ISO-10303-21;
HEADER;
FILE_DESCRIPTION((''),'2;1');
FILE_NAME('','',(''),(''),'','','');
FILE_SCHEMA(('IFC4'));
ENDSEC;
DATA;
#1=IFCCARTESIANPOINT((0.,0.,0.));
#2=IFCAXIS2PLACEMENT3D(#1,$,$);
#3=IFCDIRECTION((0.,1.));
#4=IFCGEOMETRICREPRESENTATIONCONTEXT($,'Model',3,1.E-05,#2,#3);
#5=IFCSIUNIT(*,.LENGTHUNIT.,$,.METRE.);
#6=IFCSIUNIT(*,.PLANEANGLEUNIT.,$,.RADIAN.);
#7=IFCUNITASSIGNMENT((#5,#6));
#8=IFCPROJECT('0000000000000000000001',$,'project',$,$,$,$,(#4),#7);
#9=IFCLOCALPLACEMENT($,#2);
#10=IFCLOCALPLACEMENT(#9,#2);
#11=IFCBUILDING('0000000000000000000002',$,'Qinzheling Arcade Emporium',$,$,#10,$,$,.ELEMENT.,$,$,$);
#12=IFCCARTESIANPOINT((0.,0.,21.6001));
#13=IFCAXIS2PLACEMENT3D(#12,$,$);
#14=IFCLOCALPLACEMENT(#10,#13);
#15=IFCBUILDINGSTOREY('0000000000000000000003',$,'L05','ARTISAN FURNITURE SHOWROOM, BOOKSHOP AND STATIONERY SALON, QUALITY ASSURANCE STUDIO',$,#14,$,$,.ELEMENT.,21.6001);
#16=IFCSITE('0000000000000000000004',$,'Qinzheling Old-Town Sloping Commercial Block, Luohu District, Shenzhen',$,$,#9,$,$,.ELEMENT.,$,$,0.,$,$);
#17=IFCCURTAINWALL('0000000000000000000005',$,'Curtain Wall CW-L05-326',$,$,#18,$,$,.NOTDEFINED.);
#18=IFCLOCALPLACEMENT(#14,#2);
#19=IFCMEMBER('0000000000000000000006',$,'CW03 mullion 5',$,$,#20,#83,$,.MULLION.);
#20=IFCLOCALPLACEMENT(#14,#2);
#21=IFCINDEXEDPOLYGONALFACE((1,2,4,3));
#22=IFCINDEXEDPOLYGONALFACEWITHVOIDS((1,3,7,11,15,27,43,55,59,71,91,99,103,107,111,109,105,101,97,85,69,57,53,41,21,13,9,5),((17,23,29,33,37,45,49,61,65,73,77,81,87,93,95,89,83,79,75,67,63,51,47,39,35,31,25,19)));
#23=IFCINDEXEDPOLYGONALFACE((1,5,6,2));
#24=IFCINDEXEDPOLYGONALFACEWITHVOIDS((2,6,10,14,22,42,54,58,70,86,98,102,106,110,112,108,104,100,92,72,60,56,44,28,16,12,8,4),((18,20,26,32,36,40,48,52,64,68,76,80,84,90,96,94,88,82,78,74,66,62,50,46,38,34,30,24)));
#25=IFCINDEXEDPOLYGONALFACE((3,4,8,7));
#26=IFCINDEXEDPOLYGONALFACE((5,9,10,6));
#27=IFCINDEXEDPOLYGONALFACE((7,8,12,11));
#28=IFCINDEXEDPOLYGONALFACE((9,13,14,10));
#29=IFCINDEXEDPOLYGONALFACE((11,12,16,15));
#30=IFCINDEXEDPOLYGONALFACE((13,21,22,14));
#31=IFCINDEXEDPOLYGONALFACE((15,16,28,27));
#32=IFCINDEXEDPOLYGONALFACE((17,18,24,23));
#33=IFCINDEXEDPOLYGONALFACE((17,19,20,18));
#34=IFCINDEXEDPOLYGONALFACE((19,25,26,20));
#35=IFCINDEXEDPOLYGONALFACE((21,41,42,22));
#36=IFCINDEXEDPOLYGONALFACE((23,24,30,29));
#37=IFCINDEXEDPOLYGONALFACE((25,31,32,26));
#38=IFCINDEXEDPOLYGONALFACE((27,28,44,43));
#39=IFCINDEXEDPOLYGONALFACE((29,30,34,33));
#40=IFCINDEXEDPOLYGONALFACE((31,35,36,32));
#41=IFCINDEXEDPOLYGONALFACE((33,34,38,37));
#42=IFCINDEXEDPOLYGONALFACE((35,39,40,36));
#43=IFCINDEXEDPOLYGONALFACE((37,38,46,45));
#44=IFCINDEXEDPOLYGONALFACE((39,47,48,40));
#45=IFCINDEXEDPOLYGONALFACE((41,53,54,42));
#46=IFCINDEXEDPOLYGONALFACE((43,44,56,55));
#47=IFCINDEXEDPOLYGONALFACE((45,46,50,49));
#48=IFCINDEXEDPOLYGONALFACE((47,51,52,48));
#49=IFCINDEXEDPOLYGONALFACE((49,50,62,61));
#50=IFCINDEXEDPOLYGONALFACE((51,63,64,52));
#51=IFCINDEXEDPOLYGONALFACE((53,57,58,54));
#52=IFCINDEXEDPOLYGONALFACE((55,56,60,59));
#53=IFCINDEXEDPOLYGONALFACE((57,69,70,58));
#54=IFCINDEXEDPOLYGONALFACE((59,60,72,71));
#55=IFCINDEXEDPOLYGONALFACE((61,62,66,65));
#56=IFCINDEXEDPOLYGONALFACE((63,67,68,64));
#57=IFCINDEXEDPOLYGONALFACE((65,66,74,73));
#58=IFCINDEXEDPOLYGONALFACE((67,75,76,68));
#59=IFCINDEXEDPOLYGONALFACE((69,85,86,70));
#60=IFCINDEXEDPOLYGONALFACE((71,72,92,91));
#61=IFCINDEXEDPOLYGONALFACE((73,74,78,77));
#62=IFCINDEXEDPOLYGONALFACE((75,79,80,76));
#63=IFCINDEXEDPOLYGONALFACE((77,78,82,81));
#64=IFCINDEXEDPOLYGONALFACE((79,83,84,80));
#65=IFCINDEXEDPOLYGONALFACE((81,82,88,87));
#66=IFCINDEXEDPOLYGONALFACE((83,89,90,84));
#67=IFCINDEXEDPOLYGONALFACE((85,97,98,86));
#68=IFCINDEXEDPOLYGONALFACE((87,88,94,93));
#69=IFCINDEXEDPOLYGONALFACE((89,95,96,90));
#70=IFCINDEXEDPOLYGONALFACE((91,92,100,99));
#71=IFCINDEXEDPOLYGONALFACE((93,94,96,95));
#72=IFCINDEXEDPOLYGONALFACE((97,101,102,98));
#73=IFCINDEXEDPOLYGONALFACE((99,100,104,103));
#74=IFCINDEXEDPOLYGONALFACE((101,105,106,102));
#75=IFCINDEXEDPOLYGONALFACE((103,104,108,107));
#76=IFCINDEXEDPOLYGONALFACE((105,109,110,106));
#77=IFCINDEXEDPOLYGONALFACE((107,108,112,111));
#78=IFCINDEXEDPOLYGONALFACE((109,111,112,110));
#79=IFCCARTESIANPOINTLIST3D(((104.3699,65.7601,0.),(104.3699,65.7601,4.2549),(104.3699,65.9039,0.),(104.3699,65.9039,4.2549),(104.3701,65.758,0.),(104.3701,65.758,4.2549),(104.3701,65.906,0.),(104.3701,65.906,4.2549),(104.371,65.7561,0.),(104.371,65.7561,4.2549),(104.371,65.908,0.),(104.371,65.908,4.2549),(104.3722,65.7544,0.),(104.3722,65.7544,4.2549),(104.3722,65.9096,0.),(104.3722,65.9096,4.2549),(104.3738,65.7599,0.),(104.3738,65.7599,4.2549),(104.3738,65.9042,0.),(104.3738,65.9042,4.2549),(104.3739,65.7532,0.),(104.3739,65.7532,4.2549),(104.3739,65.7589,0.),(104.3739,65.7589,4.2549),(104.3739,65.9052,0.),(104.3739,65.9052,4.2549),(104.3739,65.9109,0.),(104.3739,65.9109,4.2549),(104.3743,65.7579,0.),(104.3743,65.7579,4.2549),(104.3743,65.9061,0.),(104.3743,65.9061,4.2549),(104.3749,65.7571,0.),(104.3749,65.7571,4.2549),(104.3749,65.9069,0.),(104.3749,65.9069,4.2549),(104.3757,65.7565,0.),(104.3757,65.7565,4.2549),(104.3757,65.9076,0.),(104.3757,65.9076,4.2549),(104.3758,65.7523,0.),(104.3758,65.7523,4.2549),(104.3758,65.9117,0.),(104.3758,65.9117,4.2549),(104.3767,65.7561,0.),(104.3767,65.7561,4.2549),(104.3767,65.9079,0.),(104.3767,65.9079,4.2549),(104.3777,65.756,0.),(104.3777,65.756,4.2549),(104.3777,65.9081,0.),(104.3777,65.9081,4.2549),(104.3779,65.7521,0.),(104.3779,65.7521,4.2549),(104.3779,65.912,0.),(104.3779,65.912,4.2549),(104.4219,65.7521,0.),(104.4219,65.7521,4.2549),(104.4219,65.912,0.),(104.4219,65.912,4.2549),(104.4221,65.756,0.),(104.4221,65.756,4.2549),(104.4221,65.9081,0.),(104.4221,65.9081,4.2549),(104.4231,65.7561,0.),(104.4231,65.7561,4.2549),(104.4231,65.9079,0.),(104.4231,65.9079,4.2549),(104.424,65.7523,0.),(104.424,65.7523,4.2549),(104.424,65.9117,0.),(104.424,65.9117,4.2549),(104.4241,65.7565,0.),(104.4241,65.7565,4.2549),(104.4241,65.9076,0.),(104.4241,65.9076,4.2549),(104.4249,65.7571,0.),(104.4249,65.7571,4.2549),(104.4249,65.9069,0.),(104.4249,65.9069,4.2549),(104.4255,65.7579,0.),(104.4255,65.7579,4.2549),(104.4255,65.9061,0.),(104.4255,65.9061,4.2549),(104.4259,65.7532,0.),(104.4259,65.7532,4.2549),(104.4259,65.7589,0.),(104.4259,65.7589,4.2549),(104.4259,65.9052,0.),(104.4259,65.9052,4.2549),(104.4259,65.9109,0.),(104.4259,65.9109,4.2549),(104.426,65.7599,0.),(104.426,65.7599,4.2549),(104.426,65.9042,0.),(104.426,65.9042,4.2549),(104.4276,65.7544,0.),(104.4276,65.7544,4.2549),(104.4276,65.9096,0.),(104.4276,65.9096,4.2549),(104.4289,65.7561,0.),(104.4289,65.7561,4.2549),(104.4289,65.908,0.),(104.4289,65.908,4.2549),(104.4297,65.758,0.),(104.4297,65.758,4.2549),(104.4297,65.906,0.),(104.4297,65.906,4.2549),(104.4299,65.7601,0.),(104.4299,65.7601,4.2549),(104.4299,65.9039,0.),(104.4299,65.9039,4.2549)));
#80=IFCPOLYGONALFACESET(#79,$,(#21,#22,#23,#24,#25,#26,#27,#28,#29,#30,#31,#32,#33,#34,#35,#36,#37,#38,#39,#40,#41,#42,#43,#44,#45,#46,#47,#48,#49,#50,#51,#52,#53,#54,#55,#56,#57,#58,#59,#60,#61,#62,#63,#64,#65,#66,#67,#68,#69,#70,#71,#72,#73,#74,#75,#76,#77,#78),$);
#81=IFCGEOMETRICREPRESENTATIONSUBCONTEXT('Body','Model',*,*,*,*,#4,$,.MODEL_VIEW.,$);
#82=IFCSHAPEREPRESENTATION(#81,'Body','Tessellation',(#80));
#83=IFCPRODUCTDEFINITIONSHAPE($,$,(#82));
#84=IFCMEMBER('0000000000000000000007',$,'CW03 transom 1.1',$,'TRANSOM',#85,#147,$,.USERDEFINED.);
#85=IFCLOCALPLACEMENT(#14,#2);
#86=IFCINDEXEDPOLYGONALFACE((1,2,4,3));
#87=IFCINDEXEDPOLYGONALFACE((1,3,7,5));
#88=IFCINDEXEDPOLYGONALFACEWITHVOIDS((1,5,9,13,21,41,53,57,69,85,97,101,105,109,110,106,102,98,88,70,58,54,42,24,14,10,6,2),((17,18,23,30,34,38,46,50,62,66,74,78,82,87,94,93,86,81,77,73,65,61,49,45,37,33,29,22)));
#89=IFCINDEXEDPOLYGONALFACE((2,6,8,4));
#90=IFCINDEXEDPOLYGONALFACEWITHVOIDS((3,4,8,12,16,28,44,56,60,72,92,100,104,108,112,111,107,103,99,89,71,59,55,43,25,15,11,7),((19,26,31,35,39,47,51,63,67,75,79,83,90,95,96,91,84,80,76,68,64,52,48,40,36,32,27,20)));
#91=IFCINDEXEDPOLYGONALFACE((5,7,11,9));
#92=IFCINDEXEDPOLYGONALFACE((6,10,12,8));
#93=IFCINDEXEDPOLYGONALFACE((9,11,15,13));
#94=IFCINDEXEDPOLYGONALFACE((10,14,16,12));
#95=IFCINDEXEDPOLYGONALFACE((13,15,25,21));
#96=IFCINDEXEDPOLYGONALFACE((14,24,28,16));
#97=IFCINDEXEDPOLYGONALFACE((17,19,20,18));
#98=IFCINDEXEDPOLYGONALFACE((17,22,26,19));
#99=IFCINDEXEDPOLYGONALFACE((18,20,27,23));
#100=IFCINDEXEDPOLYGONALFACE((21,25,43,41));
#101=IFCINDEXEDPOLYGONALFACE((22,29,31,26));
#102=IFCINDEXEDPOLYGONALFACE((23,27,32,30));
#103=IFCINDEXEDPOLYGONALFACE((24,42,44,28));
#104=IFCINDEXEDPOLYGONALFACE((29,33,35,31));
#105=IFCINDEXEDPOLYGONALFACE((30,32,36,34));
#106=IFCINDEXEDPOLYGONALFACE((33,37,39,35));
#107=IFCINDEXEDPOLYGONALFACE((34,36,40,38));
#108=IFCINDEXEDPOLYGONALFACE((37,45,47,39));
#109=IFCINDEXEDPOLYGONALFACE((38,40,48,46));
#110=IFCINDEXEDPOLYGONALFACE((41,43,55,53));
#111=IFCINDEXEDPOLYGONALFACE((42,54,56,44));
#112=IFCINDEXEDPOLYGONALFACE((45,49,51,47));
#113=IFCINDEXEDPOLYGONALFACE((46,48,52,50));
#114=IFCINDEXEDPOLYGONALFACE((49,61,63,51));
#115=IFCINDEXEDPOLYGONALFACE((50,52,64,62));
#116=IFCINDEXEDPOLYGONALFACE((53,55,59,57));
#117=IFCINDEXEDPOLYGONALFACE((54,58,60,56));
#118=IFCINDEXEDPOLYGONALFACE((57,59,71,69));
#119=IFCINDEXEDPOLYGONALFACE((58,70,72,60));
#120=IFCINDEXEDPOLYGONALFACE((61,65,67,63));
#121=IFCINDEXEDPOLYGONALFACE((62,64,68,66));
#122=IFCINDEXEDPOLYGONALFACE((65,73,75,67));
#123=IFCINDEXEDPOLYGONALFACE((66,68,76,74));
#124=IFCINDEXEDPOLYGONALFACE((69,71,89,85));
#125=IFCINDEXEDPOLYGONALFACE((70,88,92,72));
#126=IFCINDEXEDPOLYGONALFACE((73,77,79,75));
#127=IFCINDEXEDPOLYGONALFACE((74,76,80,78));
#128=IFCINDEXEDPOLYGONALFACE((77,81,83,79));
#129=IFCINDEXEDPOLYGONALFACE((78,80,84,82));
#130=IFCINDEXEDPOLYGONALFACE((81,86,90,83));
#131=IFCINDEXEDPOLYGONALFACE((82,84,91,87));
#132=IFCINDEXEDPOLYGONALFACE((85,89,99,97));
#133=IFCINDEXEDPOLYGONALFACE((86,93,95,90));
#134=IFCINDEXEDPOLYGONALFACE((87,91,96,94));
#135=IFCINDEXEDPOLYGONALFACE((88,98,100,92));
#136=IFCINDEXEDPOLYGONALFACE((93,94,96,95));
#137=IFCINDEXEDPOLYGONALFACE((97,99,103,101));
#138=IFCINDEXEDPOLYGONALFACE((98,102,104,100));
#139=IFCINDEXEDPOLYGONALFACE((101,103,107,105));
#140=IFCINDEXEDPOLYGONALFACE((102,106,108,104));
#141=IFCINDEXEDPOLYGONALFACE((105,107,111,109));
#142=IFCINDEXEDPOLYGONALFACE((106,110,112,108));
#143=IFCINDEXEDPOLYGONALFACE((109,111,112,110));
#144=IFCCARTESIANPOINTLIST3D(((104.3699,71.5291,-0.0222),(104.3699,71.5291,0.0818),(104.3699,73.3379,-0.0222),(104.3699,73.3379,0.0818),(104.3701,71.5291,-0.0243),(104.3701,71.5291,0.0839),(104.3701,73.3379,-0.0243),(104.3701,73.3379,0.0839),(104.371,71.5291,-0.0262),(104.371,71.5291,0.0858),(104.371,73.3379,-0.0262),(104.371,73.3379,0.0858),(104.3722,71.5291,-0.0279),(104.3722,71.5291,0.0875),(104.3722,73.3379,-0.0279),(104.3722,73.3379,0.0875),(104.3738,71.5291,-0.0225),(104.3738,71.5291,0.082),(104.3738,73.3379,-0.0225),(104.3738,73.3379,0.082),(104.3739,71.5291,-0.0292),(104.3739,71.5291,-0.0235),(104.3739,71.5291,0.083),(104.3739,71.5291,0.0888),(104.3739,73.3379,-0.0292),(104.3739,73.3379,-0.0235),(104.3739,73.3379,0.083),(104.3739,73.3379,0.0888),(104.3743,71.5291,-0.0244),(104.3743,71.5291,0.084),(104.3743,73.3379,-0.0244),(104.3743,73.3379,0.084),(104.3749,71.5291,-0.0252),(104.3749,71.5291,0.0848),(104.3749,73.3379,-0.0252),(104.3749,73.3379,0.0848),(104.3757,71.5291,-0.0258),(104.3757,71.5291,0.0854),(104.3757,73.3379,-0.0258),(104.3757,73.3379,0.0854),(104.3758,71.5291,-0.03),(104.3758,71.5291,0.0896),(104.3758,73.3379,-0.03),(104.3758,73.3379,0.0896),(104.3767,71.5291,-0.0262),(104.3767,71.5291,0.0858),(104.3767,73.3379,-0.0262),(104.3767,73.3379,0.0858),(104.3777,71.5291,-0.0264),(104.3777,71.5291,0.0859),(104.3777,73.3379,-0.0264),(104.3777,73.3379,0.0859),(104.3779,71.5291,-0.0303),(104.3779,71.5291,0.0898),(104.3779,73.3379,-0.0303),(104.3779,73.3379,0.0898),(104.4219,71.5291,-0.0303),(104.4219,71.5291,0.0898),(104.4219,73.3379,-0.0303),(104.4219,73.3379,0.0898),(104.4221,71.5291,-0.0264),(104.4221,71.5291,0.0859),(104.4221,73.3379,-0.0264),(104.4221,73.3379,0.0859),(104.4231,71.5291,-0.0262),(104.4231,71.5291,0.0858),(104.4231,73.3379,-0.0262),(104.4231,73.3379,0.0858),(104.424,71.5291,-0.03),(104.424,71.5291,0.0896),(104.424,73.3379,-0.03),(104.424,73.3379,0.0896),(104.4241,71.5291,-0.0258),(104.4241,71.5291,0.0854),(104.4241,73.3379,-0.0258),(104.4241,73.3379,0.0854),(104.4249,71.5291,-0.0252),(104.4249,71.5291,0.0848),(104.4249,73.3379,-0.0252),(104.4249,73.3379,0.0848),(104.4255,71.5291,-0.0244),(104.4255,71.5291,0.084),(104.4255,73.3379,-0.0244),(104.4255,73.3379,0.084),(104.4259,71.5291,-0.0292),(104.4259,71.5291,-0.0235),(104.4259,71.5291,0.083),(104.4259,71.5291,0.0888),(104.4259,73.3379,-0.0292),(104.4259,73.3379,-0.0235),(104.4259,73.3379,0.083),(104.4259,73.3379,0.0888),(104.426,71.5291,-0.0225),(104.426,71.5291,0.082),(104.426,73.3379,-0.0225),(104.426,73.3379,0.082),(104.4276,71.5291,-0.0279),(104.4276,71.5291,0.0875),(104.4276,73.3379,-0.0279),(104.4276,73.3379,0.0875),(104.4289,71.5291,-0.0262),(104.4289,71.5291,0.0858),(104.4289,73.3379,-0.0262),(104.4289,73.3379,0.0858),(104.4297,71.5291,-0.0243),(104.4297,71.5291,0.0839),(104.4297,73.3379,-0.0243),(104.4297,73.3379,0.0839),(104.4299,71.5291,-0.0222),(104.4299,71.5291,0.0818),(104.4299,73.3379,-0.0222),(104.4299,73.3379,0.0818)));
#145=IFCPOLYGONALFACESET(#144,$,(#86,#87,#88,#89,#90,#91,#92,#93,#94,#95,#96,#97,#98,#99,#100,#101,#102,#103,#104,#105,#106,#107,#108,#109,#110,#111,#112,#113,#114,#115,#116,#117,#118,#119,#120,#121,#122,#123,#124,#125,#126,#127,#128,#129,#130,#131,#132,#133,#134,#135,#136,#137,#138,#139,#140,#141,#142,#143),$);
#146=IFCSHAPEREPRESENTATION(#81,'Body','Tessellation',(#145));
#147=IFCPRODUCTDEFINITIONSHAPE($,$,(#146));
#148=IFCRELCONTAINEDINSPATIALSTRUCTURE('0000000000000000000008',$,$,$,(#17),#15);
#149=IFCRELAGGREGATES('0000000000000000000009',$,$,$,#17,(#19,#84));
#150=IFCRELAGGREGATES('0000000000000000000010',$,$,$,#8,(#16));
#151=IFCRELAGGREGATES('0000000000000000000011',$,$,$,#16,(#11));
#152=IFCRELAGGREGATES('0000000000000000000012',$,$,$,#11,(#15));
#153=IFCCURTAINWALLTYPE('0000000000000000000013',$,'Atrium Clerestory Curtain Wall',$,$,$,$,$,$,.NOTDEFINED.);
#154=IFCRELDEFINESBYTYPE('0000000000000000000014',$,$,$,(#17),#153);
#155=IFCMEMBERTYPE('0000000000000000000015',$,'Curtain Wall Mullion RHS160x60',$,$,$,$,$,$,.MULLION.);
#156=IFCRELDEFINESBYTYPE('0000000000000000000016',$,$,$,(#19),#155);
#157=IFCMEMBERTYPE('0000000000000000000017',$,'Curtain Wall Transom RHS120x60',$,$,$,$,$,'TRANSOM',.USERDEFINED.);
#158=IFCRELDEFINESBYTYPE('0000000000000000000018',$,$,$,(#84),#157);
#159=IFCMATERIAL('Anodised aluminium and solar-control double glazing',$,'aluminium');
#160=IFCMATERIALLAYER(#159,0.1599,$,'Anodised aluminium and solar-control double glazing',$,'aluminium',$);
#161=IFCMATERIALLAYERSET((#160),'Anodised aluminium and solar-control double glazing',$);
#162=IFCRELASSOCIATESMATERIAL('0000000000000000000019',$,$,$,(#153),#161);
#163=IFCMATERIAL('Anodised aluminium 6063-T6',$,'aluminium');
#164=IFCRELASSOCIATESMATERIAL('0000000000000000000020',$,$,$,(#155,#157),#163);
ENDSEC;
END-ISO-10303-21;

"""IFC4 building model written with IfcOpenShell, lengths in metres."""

from ifc_helpers import new_model, si_unit, direction, frame, origin, origin_2d, place, context, subcontext, project, spatial, hollow_rectangle, extrude, material, layer, layer_set, material_profile, profile_set, type_object, element, aggregate, save


model = new_model("IFC4")

# Units and contexts
model_context = context("Model", 3, precision=1e-05, world=origin(), true_north=direction((0.0, 1.0)))
body_context = subcontext(model_context, "Body", "Model", "MODEL_VIEW")
ifc_project = project(units=[si_unit("LENGTHUNIT", "METRE"), si_unit("PLANEANGLEUNIT", "RADIAN")], contexts=[model_context])

# Site, building, storey
site_placement = place(None, origin())
site = spatial("IfcSite", under=ifc_project, at=site_placement, Name="Qinzheling Old-Town Sloping Commercial Block, Luohu District, Shenzhen", CompositionType="ELEMENT", RefElevation=0.0)
building_placement = place(site_placement, origin())
building = spatial("IfcBuilding", under=site, at=building_placement, Name="Qinzheling Arcade Emporium", CompositionType="ELEMENT")
storey_placement = place(building_placement, frame((0.0, 0.0, 21.6001)))
storey = spatial("IfcBuildingStorey", under=building, at=storey_placement, Name="L05", Description="ARTISAN FURNITURE SHOWROOM, BOOKSHOP AND STATIONERY SALON, QUALITY ASSURANCE STUDIO", CompositionType="ELEMENT", Elevation=21.6001)

# Curtain wall, members
ifc_material_1 = material(Name="Anodised aluminium and solar-control double glazing", Category="aluminium")
ifc_layer_1 = layer(ifc_material_1, 0.1599, Name="Anodised aluminium and solar-control double glazing", Category="aluminium")
ifc_layer_set_1 = layer_set([ifc_layer_1], Name="Anodised aluminium and solar-control double glazing")
curtain_wall_type = type_object("IfcCurtainWallType", Name="Atrium Clerestory Curtain Wall", PredefinedType="NOTDEFINED", material=ifc_layer_set_1)
curtain_wall_placement = place(storey_placement, origin())
curtain_wall = element("IfcCurtainWall", 1, at=curtain_wall_placement, inside=storey, type_object=curtain_wall_type, Name="Curtain Wall CW-L05-326", PredefinedType="NOTDEFINED")
ifc_material_2 = material(Name="Anodised aluminium 6063-T6", Category="aluminium")
ifc_material_profile_1 = material_profile(ifc_material_2, hollow_rectangle(XDim=0.0601, YDim=0.1599, WallThickness=0.0039, InnerFilletRadius=0.0039, OuterFilletRadius=0.0081, at=origin_2d()), Name="RHS 160x60x4", Category="aluminium")
ifc_profile_set_1 = profile_set([ifc_material_profile_1], Name="Anodised aluminium 6063-T6")
member_type_1 = type_object("IfcMemberType", Name="Curtain Wall Mullion RHS160x60", PredefinedType="MULLION", material=ifc_profile_set_1)
member_1_placement = place(storey_placement, frame((104.3999, 65.832, 0.0), z_axis=(0.0, 0.0, 1.0), x_axis=(1.0, 0.0, 0.0)))
member_1 = element("IfcMember", 2, at=member_1_placement, type_object=member_type_1, Name="CW03 mullion 5", PredefinedType="MULLION", context=body_context, shape_type="SweptSolid", body=[
    extrude(hollow_rectangle(XDim=0.0601, YDim=0.1599, WallThickness=0.0039, InnerFilletRadius=0.0039, OuterFilletRadius=0.0081, at=origin_2d()), origin(), (0.0, 0.0, 1.0), 4.2549),
])
ifc_material_profile_2 = material_profile(ifc_material_2, hollow_rectangle(XDim=0.0601, YDim=0.1201, WallThickness=0.0039, InnerFilletRadius=0.0039, OuterFilletRadius=0.0081, at=origin_2d()), Name="RHS 120x60x4", Category="aluminium")
ifc_profile_set_2 = profile_set([ifc_material_profile_2], Name="Anodised aluminium 6063-T6")
member_type_2 = type_object("IfcMemberType", Name="Curtain Wall Transom RHS120x60", ElementType="TRANSOM", PredefinedType="USERDEFINED", material=ifc_profile_set_2)
member_2_placement = place(storey_placement, frame((104.3999, 73.3379, 0.0298), z_axis=(0.0, -1.0, 0.0), x_axis=(1.0, 0.0, 0.0)))
member_2 = element("IfcMember", 3, at=member_2_placement, type_object=member_type_2, Name="CW03 transom 1.1", ObjectType="TRANSOM", PredefinedType="USERDEFINED", context=body_context, shape_type="SweptSolid", body=[
    extrude(hollow_rectangle(XDim=0.0601, YDim=0.1201, WallThickness=0.0039, InnerFilletRadius=0.0039, OuterFilletRadius=0.0081, at=origin_2d()), origin(), (0.0, 0.0, 1.0), 1.8088),
])
aggregate(curtain_wall, [member_1, member_2])

save(model, "model.ifc")
